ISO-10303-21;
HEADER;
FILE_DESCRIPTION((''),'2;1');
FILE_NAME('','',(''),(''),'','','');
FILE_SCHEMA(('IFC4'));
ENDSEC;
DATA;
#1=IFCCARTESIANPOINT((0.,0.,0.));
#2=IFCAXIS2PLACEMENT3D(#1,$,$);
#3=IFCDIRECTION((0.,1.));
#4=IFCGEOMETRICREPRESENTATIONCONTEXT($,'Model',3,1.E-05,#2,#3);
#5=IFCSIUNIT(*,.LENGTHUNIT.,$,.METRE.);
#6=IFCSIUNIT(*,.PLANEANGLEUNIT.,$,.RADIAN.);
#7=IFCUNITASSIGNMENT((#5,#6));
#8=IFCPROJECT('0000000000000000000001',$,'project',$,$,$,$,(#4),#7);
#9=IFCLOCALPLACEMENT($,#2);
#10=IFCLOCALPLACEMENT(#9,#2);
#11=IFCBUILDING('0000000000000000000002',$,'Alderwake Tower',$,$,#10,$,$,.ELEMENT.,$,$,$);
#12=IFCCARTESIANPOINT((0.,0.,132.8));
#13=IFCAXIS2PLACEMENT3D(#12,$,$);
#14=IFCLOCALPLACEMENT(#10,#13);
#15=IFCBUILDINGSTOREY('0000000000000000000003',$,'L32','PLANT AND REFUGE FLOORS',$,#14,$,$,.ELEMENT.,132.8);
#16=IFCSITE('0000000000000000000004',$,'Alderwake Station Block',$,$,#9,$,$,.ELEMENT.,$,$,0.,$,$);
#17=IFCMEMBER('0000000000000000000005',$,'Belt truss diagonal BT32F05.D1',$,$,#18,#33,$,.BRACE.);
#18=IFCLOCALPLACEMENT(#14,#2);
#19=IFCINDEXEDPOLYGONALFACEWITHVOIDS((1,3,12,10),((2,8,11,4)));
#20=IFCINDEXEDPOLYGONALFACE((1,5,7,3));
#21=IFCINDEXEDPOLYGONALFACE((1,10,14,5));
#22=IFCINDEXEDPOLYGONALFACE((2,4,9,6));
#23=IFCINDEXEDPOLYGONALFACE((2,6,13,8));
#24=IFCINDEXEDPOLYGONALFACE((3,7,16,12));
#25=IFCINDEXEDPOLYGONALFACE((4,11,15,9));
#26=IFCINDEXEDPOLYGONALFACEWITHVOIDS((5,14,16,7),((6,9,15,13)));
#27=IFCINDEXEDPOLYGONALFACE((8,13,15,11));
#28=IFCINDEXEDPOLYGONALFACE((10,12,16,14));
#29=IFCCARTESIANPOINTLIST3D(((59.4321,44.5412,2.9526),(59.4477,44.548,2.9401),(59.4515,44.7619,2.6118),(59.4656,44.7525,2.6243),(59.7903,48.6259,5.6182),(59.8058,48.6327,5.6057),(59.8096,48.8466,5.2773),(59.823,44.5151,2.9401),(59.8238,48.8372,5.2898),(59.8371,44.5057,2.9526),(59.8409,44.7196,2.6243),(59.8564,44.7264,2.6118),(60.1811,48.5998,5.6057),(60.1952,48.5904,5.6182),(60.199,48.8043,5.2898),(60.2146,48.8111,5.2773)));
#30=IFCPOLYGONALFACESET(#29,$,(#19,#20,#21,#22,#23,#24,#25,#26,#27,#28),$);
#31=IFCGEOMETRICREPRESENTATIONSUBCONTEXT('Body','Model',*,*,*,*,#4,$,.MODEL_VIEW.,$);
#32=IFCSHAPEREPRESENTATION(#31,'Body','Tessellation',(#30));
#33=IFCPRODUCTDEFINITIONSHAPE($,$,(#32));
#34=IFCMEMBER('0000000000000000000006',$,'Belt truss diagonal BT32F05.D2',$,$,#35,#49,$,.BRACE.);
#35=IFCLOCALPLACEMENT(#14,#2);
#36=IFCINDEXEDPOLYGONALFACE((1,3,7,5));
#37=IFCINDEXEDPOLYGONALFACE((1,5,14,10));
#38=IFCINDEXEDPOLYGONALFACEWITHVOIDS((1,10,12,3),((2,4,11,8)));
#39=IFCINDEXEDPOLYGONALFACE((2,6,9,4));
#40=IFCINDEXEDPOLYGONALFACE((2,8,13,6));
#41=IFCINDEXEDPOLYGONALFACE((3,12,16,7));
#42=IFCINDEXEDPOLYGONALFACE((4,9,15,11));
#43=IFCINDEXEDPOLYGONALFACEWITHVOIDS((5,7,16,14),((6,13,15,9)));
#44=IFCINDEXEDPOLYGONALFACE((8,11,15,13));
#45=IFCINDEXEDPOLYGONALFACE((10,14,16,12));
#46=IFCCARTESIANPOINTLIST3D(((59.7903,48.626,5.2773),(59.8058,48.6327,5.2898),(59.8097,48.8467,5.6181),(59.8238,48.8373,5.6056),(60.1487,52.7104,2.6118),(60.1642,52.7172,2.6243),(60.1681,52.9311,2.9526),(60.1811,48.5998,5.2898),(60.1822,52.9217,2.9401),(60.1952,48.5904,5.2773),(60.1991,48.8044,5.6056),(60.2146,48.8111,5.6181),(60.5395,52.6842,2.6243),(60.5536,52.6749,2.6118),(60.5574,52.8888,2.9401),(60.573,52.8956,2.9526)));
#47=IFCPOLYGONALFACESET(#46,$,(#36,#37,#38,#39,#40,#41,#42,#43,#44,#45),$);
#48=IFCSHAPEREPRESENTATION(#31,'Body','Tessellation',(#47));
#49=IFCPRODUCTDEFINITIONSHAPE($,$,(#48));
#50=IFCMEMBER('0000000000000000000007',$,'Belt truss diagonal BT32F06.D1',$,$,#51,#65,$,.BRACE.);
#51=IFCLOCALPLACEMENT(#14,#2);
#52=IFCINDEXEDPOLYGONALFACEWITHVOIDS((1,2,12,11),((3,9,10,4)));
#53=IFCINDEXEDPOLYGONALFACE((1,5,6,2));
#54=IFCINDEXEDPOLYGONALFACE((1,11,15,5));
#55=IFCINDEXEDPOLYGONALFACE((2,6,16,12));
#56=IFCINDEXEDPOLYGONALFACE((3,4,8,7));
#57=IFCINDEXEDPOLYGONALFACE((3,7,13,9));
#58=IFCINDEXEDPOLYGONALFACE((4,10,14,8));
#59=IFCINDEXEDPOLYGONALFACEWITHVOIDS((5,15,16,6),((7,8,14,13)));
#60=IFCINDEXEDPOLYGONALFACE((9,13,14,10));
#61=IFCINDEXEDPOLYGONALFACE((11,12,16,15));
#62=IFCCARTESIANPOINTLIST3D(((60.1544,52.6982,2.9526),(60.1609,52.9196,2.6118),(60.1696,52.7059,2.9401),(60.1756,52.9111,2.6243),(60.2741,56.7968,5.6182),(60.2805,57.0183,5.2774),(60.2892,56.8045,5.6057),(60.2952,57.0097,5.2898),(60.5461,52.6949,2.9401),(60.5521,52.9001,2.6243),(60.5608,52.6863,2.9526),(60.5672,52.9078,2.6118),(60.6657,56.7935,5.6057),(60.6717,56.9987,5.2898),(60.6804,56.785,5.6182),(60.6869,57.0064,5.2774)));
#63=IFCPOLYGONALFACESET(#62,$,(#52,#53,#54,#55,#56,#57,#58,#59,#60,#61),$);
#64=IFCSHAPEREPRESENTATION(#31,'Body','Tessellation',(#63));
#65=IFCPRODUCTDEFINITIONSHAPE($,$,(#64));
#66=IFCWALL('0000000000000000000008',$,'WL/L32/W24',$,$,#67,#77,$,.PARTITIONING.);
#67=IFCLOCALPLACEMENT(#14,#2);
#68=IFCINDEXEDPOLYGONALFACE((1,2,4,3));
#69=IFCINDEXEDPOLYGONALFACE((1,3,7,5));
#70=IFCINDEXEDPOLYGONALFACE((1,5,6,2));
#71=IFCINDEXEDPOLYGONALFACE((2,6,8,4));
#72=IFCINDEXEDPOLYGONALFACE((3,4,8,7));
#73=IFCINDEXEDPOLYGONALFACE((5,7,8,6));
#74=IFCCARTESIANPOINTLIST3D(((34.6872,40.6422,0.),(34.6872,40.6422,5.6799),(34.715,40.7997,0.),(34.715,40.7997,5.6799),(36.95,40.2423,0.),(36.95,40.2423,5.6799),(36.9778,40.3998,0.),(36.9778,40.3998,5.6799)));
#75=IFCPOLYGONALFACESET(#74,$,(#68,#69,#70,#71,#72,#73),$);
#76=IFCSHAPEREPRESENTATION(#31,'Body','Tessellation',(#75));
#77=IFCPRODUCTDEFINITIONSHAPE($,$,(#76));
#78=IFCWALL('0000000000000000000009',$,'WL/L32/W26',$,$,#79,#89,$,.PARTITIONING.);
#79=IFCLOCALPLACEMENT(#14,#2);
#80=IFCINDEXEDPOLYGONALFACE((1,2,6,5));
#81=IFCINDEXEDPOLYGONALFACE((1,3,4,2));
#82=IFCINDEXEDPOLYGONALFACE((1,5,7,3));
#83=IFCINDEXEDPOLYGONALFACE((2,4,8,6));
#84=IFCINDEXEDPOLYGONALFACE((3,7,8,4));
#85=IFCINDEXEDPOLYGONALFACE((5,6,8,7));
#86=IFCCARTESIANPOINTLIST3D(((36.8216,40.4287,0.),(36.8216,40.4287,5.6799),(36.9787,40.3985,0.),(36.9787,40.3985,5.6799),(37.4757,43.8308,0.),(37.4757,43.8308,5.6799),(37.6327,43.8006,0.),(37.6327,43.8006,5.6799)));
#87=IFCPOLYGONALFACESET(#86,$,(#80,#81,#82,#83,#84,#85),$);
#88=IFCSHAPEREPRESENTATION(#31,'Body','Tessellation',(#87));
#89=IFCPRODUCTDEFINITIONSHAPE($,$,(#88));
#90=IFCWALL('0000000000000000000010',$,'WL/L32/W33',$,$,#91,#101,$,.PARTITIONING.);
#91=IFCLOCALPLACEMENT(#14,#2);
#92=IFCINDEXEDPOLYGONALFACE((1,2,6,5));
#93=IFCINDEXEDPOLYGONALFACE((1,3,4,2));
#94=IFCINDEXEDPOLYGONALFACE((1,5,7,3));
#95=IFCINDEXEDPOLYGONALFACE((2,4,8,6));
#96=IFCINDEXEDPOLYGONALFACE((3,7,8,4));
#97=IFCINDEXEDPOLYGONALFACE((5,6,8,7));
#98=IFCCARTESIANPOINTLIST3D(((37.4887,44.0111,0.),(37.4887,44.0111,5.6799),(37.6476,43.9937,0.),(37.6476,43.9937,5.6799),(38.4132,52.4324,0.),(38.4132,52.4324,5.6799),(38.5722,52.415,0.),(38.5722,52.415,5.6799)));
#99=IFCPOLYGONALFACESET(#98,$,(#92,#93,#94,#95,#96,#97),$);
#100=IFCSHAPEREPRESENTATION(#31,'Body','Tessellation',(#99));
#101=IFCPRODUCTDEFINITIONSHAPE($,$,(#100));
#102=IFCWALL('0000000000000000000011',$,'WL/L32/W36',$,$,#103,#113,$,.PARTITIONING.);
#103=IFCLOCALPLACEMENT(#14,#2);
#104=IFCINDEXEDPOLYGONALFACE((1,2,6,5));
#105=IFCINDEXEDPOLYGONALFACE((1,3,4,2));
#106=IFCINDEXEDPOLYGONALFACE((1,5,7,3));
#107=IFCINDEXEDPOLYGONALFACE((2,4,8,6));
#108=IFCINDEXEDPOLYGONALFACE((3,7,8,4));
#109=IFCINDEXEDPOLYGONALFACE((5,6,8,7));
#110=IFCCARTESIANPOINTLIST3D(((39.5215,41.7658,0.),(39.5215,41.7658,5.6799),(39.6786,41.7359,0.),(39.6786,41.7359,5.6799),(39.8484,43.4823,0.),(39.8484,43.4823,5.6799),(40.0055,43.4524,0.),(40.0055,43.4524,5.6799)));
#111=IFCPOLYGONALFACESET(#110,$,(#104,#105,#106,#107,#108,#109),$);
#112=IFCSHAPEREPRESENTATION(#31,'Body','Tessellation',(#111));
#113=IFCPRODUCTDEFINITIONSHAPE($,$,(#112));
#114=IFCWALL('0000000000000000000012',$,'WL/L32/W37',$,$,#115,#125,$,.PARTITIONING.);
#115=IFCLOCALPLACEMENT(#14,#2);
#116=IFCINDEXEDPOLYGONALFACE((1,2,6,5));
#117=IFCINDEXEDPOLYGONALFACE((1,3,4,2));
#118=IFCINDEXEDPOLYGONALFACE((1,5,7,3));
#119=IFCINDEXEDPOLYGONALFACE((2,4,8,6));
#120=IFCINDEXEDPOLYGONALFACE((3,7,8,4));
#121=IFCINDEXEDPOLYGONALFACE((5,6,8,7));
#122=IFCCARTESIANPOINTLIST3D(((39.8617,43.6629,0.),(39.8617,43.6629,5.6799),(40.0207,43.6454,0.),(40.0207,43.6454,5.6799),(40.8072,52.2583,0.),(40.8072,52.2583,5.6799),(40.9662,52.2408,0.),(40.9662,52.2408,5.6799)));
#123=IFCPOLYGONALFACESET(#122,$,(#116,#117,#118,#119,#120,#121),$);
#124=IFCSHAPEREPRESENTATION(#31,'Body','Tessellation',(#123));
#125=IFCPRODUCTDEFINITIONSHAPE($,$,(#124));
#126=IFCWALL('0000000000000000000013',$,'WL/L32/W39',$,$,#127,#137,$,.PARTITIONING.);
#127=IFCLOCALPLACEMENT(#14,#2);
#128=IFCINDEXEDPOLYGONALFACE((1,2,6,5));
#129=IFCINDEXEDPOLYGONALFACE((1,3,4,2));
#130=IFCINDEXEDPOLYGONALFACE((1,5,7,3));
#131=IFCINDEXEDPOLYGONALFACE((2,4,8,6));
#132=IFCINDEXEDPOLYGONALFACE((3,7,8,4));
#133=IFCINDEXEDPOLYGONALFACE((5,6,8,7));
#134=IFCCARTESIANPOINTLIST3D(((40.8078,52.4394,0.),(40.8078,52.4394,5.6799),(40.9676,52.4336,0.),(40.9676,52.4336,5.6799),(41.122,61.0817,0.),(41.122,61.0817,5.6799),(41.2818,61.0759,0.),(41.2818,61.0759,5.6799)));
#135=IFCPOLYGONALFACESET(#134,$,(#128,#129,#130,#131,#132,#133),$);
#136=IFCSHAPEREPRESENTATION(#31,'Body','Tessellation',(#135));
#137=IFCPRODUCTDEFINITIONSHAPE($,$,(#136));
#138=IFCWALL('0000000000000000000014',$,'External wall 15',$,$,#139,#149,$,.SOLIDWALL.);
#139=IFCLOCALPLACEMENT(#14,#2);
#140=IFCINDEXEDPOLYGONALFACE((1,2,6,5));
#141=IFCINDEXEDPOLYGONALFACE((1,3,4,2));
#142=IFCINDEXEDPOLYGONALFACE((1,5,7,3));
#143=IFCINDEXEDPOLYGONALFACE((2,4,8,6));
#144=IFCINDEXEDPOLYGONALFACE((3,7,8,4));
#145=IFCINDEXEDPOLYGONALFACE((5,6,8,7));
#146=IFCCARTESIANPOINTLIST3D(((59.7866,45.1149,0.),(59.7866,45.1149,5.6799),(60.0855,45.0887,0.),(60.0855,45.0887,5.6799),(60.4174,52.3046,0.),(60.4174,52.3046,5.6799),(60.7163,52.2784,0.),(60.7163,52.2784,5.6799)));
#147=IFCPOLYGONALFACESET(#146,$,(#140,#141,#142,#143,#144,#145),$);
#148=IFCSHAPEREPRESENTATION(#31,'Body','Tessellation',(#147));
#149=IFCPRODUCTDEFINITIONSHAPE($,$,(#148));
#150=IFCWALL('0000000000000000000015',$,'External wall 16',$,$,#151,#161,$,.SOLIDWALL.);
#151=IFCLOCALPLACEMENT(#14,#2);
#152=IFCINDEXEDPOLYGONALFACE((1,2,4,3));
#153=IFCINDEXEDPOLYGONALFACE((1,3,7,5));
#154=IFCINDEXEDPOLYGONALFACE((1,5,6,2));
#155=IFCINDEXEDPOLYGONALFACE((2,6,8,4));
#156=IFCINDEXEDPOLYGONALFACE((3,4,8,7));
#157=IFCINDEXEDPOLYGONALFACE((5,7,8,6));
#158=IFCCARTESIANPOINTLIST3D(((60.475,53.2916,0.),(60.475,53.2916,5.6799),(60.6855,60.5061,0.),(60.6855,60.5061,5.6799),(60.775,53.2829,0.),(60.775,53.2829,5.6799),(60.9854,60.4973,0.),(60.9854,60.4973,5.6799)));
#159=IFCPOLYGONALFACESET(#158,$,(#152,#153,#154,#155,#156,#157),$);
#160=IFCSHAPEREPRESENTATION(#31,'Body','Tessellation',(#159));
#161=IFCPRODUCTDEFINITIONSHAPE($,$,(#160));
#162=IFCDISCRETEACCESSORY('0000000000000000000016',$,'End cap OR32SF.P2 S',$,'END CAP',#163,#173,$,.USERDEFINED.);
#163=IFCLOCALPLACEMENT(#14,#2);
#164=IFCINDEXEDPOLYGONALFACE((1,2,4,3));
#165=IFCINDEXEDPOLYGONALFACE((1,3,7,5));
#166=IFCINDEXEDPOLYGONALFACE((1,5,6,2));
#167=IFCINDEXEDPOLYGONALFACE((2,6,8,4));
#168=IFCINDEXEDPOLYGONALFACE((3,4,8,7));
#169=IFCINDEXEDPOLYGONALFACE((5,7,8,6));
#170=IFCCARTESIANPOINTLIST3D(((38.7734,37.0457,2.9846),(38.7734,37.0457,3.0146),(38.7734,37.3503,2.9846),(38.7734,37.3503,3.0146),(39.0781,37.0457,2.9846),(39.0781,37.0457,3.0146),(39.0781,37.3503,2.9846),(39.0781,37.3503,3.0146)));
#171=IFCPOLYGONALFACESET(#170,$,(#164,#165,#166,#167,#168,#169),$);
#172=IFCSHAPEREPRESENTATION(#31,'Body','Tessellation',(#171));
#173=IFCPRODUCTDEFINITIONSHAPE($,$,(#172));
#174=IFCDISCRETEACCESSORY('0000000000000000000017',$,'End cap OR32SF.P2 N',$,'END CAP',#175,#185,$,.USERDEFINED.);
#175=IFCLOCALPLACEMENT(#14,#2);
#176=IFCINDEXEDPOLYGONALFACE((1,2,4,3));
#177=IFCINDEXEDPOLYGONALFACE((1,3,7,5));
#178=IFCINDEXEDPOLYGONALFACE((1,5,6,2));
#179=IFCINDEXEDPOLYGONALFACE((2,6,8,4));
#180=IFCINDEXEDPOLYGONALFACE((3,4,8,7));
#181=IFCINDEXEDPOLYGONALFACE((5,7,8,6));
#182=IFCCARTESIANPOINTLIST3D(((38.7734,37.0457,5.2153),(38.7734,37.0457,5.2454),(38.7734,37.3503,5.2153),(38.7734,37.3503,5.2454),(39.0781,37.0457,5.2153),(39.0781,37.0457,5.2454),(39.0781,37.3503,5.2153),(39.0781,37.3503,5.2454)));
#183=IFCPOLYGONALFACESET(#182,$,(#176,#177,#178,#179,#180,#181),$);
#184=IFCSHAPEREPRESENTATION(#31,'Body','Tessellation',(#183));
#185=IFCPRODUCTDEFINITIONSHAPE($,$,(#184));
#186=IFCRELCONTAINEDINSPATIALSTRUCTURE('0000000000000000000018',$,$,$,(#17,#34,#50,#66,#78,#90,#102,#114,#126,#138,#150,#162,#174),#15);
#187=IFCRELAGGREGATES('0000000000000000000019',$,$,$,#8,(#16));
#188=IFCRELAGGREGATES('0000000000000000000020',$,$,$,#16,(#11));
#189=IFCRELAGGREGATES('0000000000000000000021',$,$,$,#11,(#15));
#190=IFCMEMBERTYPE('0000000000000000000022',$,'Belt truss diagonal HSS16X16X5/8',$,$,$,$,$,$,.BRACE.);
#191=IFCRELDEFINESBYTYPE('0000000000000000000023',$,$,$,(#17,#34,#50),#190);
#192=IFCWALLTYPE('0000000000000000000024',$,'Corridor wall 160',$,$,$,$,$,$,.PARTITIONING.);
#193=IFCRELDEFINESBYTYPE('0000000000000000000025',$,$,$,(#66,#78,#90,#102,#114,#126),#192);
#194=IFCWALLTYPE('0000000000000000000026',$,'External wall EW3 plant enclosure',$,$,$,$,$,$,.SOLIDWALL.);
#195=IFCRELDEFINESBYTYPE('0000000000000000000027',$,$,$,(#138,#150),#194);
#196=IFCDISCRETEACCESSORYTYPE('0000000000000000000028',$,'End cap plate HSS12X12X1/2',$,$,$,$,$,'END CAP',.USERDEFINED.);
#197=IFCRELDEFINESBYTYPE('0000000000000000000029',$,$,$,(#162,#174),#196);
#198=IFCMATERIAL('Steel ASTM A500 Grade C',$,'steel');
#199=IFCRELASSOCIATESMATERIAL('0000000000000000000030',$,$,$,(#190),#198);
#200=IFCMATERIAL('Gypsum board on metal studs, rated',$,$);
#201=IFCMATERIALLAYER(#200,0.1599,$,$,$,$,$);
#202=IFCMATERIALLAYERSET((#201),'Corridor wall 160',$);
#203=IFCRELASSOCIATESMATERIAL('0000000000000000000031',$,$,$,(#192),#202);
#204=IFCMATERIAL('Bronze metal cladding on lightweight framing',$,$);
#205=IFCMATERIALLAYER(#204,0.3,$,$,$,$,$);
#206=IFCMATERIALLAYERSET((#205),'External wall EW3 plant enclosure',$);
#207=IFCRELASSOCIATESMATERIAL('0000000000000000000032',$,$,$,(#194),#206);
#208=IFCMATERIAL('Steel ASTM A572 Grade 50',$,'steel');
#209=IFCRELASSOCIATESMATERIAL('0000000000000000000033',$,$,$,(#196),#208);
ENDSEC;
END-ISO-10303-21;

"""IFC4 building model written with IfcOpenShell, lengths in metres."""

from ifc_helpers import new_model, si_unit, direction, frame, frame_2d, origin, origin_2d, place, context, subcontext, project, spatial, rectangle, hollow_rectangle, extrude, material, layer, layer_set, material_profile, profile_set, type_object, element, save


model = new_model("IFC4")

# Units and contexts
model_context = context("Model", 3, precision=1e-05, world=origin(), true_north=direction((0.0, 1.0)))
body_context = subcontext(model_context, "Body", "Model", "MODEL_VIEW")
ifc_project = project(units=[si_unit("LENGTHUNIT", "METRE"), si_unit("PLANEANGLEUNIT", "RADIAN")], contexts=[model_context])

# Site, building, storey
site_placement = place(None, origin())
site = spatial("IfcSite", under=ifc_project, at=site_placement, Name="Alderwake Station Block", CompositionType="ELEMENT", RefElevation=0.0)
building_placement = place(site_placement, origin())
building = spatial("IfcBuilding", under=site, at=building_placement, Name="Alderwake Tower", CompositionType="ELEMENT")
storey_placement = place(building_placement, frame((0.0, 0.0, 132.8)))
storey = spatial("IfcBuildingStorey", under=building, at=storey_placement, Name="L32", Description="PLANT AND REFUGE FLOORS", CompositionType="ELEMENT", Elevation=132.8)

# Members
ifc_material_1 = material(Name="Steel ASTM A500 Grade C", Category="steel")
ifc_material_profile_1 = material_profile(ifc_material_1, hollow_rectangle(XDim=0.4065, YDim=0.4065, WallThickness=0.0149, at=origin_2d()), Name="HSS16X16X5/8")
ifc_profile_set_1 = profile_set([ifc_material_profile_1], Name="Steel ASTM A500 Grade C")
member_type_1 = type_object("IfcMemberType", Name="Belt truss diagonal HSS16X16X5/8", PredefinedType="BRACE", material=ifc_profile_set_1)
member_1_placement = place(storey_placement, frame((59.6443, 44.6338, 2.7822), z_axis=(0.073233, 0.835214, 0.545028), x_axis=(-0.996178, 0.087346, 0.0)))
element("IfcMember", 1, at=member_1_placement, inside=storey, type_object=member_type_1, Name="Belt truss diagonal BT32F05.D1", PredefinedType="BRACE", context=body_context, shape_type="SweptSolid", body=[
    extrude(hollow_rectangle(XDim=0.4065, YDim=0.4065, WallThickness=0.0149, at=origin_2d()), origin(), (0.0, 0.0, 1.0), 4.8906),
])
member_2_placement = place(storey_placement, frame((60.3608, 52.803, 2.7822), z_axis=(-0.073286, -0.835195, 0.545049), x_axis=(0.996172, -0.087411, 0.0)))
element("IfcMember", 2, at=member_2_placement, inside=storey, type_object=member_type_1, Name="Belt truss diagonal BT32F05.D2", PredefinedType="BRACE", context=body_context, shape_type="SweptSolid", body=[
    extrude(hollow_rectangle(XDim=0.4065, YDim=0.4065, WallThickness=0.0149, at=origin_2d()), origin(), (0.0, 0.0, 1.0), 4.8904),
])
member_3_placement = place(storey_placement, frame((60.3608, 52.803, 2.7822), z_axis=(0.024461, 0.83806, 0.545029), x_axis=(-0.999574, 0.029175, 0.0)))
element("IfcMember", 3, at=member_3_placement, inside=storey, type_object=member_type_1, Name="Belt truss diagonal BT32F06.D1", PredefinedType="BRACE", context=body_context, shape_type="SweptSolid", body=[
    extrude(hollow_rectangle(XDim=0.4065, YDim=0.4065, WallThickness=0.0149, at=origin_2d()), origin(), (0.0, 0.0, 1.0), 4.8906),
])

# Walls
ifc_material_2 = material(Name="Gypsum board on metal studs, rated")
ifc_layer_1 = layer(ifc_material_2, 0.1599)
ifc_layer_set_1 = layer_set([ifc_layer_1], Name="Corridor wall 160")
wall_type_1 = type_object("IfcWallType", Name="Corridor wall 160", PredefinedType="PARTITIONING", material=ifc_layer_set_1)
wall_1_placement = place(storey_placement, frame((36.9639, 40.321, 0.0), z_axis=(0.0, 0.0, 1.0), x_axis=(-0.984739, 0.17404, 0.0)))
element("IfcWall", 4, at=wall_1_placement, inside=storey, type_object=wall_type_1, Name="WL/L32/W24", PredefinedType="PARTITIONING", context=body_context, shape_type="SweptSolid", body=[
    extrude(rectangle(XDim=2.2979, YDim=0.1599, at=frame_2d((1.1489, 0.0))), origin(), (0.0, 0.0, 1.0), 5.6799),
])
wall_2_placement = place(storey_placement, frame((37.5542, 43.8157, 0.0), z_axis=(0.0, 0.0, 1.0), x_axis=(-0.188793, -0.982017, 0.0)))
element("IfcWall", 5, at=wall_2_placement, inside=storey, type_object=wall_type_1, Name="WL/L32/W26", PredefinedType="PARTITIONING", context=body_context, shape_type="SweptSolid", body=[
    extrude(rectangle(XDim=3.4644, YDim=0.1599, at=frame_2d((1.7322, 0.0))), origin(), (0.0, 0.0, 1.0), 5.6799),
])
wall_3_placement = place(storey_placement, frame((38.4927, 52.4236, 0.0), z_axis=(0.0, 0.0, 1.0), x_axis=(-0.109131, -0.994027, 0.0)))
element("IfcWall", 6, at=wall_3_placement, inside=storey, type_object=wall_type_1, Name="WL/L32/W33", PredefinedType="PARTITIONING", context=body_context, shape_type="SweptSolid", body=[
    extrude(rectangle(XDim=8.4719, YDim=0.1599, at=frame_2d((4.2358, 0.0))), origin(), (0.0, 0.0, 1.0), 5.6799),
])
wall_4_placement = place(storey_placement, frame((39.6001, 41.751, 0.0), z_axis=(0.0, 0.0, 1.0), x_axis=(0.18708, 0.982345, 0.0)))
element("IfcWall", 7, at=wall_4_placement, inside=storey, type_object=wall_type_1, Name="WL/L32/W36", PredefinedType="PARTITIONING", context=body_context, shape_type="SweptSolid", body=[
    extrude(rectangle(XDim=1.7473, YDim=0.1599, at=frame_2d((0.8735, 0.0))), origin(), (0.0, 0.0, 1.0), 5.6799),
])
wall_5_placement = place(storey_placement, frame((39.9412, 43.6541, 0.0), z_axis=(0.0, 0.0, 1.0), x_axis=(0.109347, 0.994004, 0.0)))
element("IfcWall", 8, at=wall_5_placement, inside=storey, type_object=wall_type_1, Name="WL/L32/W37", PredefinedType="PARTITIONING", context=body_context, shape_type="SweptSolid", body=[
    extrude(rectangle(XDim=8.6472, YDim=0.1599, at=frame_2d((4.3237, 0.0))), origin(), (0.0, 0.0, 1.0), 5.6799),
])
wall_6_placement = place(storey_placement, frame((40.8877, 52.4365, 0.0), z_axis=(0.0, 0.0, 1.0), x_axis=(0.036333, 0.99934, 0.0)))
element("IfcWall", 9, at=wall_6_placement, inside=storey, type_object=wall_type_1, Name="WL/L32/W39", PredefinedType="PARTITIONING", context=body_context, shape_type="SweptSolid", body=[
    extrude(rectangle(XDim=8.6479, YDim=0.1599, at=frame_2d((4.324, 0.0))), origin(), (0.0, 0.0, 1.0), 5.6799),
])
ifc_material_3 = material(Name="Bronze metal cladding on lightweight framing")
ifc_layer_2 = layer(ifc_material_3, 0.3)
ifc_layer_set_2 = layer_set([ifc_layer_2], Name="External wall EW3 plant enclosure")
wall_type_2 = type_object("IfcWallType", Name="External wall EW3 plant enclosure", PredefinedType="SOLIDWALL", material=ifc_layer_set_2)
wall_7_placement = place(storey_placement, frame((59.936, 45.1018, 0.0), z_axis=(0.0, 0.0, 1.0), x_axis=(0.087409, 0.996173, 0.0)))
element("IfcWall", 10, at=wall_7_placement, inside=storey, type_object=wall_type_2, Name="External wall 15", PredefinedType="SOLIDWALL", context=body_context, shape_type="SweptSolid", body=[
    extrude(rectangle(XDim=7.2173, YDim=0.3, at=frame_2d((3.6086, 0.0))), origin(), (0.0, 0.0, 1.0), 5.6799),
])
wall_8_placement = place(storey_placement, frame((60.625, 53.2871, 0.0), z_axis=(0.0, 0.0, 1.0), x_axis=(0.029158, 0.999575, 0.0)))
element("IfcWall", 11, at=wall_8_placement, inside=storey, type_object=wall_type_2, Name="External wall 16", PredefinedType="SOLIDWALL", context=body_context, shape_type="SweptSolid", body=[
    extrude(rectangle(XDim=7.2175, YDim=0.3, at=frame_2d((3.6089, 0.0))), origin(), (0.0, 0.0, 1.0), 5.6799),
])

# Discrete accessories
ifc_material_4 = material(Name="Steel ASTM A572 Grade 50", Category="steel")
ifc_material_profile_2 = material_profile(ifc_material_4, rectangle(XDim=0.3047, YDim=0.3047, at=origin_2d()), Name="HSS12X12X1/2 cap")
ifc_profile_set_2 = profile_set([ifc_material_profile_2], Name="Steel ASTM A572 Grade 50")
discrete_accessory_type_1 = type_object("IfcDiscreteAccessoryType", Name="End cap plate HSS12X12X1/2", ElementType="END CAP", PredefinedType="USERDEFINED", material=ifc_profile_set_2)
for number, where, z_axis, x_axis, name in (
    (12, (38.9258, 37.198, 3.0146), (0.0, 0.0, -1.0), (1.0, 0.0, 0.0), "End cap OR32SF.P2 S"),
    (13, (38.9258, 37.198, 5.2153), (0.0, 0.0, 1.0), (1.0, 0.0, 0.0), "End cap OR32SF.P2 N"),
):
    element("IfcDiscreteAccessory", number, at=place(storey_placement, frame(where, z_axis=z_axis, x_axis=x_axis)), inside=storey, type_object=discrete_accessory_type_1, Name=name, ObjectType="END CAP", PredefinedType="USERDEFINED", context=body_context, shape_type="SweptSolid", body=[
        extrude(rectangle(XDim=0.3047, YDim=0.3047, at=origin_2d()), origin(), (0.0, 0.0, 1.0), 0.03),
    ])

save(model, "model.ifc")
